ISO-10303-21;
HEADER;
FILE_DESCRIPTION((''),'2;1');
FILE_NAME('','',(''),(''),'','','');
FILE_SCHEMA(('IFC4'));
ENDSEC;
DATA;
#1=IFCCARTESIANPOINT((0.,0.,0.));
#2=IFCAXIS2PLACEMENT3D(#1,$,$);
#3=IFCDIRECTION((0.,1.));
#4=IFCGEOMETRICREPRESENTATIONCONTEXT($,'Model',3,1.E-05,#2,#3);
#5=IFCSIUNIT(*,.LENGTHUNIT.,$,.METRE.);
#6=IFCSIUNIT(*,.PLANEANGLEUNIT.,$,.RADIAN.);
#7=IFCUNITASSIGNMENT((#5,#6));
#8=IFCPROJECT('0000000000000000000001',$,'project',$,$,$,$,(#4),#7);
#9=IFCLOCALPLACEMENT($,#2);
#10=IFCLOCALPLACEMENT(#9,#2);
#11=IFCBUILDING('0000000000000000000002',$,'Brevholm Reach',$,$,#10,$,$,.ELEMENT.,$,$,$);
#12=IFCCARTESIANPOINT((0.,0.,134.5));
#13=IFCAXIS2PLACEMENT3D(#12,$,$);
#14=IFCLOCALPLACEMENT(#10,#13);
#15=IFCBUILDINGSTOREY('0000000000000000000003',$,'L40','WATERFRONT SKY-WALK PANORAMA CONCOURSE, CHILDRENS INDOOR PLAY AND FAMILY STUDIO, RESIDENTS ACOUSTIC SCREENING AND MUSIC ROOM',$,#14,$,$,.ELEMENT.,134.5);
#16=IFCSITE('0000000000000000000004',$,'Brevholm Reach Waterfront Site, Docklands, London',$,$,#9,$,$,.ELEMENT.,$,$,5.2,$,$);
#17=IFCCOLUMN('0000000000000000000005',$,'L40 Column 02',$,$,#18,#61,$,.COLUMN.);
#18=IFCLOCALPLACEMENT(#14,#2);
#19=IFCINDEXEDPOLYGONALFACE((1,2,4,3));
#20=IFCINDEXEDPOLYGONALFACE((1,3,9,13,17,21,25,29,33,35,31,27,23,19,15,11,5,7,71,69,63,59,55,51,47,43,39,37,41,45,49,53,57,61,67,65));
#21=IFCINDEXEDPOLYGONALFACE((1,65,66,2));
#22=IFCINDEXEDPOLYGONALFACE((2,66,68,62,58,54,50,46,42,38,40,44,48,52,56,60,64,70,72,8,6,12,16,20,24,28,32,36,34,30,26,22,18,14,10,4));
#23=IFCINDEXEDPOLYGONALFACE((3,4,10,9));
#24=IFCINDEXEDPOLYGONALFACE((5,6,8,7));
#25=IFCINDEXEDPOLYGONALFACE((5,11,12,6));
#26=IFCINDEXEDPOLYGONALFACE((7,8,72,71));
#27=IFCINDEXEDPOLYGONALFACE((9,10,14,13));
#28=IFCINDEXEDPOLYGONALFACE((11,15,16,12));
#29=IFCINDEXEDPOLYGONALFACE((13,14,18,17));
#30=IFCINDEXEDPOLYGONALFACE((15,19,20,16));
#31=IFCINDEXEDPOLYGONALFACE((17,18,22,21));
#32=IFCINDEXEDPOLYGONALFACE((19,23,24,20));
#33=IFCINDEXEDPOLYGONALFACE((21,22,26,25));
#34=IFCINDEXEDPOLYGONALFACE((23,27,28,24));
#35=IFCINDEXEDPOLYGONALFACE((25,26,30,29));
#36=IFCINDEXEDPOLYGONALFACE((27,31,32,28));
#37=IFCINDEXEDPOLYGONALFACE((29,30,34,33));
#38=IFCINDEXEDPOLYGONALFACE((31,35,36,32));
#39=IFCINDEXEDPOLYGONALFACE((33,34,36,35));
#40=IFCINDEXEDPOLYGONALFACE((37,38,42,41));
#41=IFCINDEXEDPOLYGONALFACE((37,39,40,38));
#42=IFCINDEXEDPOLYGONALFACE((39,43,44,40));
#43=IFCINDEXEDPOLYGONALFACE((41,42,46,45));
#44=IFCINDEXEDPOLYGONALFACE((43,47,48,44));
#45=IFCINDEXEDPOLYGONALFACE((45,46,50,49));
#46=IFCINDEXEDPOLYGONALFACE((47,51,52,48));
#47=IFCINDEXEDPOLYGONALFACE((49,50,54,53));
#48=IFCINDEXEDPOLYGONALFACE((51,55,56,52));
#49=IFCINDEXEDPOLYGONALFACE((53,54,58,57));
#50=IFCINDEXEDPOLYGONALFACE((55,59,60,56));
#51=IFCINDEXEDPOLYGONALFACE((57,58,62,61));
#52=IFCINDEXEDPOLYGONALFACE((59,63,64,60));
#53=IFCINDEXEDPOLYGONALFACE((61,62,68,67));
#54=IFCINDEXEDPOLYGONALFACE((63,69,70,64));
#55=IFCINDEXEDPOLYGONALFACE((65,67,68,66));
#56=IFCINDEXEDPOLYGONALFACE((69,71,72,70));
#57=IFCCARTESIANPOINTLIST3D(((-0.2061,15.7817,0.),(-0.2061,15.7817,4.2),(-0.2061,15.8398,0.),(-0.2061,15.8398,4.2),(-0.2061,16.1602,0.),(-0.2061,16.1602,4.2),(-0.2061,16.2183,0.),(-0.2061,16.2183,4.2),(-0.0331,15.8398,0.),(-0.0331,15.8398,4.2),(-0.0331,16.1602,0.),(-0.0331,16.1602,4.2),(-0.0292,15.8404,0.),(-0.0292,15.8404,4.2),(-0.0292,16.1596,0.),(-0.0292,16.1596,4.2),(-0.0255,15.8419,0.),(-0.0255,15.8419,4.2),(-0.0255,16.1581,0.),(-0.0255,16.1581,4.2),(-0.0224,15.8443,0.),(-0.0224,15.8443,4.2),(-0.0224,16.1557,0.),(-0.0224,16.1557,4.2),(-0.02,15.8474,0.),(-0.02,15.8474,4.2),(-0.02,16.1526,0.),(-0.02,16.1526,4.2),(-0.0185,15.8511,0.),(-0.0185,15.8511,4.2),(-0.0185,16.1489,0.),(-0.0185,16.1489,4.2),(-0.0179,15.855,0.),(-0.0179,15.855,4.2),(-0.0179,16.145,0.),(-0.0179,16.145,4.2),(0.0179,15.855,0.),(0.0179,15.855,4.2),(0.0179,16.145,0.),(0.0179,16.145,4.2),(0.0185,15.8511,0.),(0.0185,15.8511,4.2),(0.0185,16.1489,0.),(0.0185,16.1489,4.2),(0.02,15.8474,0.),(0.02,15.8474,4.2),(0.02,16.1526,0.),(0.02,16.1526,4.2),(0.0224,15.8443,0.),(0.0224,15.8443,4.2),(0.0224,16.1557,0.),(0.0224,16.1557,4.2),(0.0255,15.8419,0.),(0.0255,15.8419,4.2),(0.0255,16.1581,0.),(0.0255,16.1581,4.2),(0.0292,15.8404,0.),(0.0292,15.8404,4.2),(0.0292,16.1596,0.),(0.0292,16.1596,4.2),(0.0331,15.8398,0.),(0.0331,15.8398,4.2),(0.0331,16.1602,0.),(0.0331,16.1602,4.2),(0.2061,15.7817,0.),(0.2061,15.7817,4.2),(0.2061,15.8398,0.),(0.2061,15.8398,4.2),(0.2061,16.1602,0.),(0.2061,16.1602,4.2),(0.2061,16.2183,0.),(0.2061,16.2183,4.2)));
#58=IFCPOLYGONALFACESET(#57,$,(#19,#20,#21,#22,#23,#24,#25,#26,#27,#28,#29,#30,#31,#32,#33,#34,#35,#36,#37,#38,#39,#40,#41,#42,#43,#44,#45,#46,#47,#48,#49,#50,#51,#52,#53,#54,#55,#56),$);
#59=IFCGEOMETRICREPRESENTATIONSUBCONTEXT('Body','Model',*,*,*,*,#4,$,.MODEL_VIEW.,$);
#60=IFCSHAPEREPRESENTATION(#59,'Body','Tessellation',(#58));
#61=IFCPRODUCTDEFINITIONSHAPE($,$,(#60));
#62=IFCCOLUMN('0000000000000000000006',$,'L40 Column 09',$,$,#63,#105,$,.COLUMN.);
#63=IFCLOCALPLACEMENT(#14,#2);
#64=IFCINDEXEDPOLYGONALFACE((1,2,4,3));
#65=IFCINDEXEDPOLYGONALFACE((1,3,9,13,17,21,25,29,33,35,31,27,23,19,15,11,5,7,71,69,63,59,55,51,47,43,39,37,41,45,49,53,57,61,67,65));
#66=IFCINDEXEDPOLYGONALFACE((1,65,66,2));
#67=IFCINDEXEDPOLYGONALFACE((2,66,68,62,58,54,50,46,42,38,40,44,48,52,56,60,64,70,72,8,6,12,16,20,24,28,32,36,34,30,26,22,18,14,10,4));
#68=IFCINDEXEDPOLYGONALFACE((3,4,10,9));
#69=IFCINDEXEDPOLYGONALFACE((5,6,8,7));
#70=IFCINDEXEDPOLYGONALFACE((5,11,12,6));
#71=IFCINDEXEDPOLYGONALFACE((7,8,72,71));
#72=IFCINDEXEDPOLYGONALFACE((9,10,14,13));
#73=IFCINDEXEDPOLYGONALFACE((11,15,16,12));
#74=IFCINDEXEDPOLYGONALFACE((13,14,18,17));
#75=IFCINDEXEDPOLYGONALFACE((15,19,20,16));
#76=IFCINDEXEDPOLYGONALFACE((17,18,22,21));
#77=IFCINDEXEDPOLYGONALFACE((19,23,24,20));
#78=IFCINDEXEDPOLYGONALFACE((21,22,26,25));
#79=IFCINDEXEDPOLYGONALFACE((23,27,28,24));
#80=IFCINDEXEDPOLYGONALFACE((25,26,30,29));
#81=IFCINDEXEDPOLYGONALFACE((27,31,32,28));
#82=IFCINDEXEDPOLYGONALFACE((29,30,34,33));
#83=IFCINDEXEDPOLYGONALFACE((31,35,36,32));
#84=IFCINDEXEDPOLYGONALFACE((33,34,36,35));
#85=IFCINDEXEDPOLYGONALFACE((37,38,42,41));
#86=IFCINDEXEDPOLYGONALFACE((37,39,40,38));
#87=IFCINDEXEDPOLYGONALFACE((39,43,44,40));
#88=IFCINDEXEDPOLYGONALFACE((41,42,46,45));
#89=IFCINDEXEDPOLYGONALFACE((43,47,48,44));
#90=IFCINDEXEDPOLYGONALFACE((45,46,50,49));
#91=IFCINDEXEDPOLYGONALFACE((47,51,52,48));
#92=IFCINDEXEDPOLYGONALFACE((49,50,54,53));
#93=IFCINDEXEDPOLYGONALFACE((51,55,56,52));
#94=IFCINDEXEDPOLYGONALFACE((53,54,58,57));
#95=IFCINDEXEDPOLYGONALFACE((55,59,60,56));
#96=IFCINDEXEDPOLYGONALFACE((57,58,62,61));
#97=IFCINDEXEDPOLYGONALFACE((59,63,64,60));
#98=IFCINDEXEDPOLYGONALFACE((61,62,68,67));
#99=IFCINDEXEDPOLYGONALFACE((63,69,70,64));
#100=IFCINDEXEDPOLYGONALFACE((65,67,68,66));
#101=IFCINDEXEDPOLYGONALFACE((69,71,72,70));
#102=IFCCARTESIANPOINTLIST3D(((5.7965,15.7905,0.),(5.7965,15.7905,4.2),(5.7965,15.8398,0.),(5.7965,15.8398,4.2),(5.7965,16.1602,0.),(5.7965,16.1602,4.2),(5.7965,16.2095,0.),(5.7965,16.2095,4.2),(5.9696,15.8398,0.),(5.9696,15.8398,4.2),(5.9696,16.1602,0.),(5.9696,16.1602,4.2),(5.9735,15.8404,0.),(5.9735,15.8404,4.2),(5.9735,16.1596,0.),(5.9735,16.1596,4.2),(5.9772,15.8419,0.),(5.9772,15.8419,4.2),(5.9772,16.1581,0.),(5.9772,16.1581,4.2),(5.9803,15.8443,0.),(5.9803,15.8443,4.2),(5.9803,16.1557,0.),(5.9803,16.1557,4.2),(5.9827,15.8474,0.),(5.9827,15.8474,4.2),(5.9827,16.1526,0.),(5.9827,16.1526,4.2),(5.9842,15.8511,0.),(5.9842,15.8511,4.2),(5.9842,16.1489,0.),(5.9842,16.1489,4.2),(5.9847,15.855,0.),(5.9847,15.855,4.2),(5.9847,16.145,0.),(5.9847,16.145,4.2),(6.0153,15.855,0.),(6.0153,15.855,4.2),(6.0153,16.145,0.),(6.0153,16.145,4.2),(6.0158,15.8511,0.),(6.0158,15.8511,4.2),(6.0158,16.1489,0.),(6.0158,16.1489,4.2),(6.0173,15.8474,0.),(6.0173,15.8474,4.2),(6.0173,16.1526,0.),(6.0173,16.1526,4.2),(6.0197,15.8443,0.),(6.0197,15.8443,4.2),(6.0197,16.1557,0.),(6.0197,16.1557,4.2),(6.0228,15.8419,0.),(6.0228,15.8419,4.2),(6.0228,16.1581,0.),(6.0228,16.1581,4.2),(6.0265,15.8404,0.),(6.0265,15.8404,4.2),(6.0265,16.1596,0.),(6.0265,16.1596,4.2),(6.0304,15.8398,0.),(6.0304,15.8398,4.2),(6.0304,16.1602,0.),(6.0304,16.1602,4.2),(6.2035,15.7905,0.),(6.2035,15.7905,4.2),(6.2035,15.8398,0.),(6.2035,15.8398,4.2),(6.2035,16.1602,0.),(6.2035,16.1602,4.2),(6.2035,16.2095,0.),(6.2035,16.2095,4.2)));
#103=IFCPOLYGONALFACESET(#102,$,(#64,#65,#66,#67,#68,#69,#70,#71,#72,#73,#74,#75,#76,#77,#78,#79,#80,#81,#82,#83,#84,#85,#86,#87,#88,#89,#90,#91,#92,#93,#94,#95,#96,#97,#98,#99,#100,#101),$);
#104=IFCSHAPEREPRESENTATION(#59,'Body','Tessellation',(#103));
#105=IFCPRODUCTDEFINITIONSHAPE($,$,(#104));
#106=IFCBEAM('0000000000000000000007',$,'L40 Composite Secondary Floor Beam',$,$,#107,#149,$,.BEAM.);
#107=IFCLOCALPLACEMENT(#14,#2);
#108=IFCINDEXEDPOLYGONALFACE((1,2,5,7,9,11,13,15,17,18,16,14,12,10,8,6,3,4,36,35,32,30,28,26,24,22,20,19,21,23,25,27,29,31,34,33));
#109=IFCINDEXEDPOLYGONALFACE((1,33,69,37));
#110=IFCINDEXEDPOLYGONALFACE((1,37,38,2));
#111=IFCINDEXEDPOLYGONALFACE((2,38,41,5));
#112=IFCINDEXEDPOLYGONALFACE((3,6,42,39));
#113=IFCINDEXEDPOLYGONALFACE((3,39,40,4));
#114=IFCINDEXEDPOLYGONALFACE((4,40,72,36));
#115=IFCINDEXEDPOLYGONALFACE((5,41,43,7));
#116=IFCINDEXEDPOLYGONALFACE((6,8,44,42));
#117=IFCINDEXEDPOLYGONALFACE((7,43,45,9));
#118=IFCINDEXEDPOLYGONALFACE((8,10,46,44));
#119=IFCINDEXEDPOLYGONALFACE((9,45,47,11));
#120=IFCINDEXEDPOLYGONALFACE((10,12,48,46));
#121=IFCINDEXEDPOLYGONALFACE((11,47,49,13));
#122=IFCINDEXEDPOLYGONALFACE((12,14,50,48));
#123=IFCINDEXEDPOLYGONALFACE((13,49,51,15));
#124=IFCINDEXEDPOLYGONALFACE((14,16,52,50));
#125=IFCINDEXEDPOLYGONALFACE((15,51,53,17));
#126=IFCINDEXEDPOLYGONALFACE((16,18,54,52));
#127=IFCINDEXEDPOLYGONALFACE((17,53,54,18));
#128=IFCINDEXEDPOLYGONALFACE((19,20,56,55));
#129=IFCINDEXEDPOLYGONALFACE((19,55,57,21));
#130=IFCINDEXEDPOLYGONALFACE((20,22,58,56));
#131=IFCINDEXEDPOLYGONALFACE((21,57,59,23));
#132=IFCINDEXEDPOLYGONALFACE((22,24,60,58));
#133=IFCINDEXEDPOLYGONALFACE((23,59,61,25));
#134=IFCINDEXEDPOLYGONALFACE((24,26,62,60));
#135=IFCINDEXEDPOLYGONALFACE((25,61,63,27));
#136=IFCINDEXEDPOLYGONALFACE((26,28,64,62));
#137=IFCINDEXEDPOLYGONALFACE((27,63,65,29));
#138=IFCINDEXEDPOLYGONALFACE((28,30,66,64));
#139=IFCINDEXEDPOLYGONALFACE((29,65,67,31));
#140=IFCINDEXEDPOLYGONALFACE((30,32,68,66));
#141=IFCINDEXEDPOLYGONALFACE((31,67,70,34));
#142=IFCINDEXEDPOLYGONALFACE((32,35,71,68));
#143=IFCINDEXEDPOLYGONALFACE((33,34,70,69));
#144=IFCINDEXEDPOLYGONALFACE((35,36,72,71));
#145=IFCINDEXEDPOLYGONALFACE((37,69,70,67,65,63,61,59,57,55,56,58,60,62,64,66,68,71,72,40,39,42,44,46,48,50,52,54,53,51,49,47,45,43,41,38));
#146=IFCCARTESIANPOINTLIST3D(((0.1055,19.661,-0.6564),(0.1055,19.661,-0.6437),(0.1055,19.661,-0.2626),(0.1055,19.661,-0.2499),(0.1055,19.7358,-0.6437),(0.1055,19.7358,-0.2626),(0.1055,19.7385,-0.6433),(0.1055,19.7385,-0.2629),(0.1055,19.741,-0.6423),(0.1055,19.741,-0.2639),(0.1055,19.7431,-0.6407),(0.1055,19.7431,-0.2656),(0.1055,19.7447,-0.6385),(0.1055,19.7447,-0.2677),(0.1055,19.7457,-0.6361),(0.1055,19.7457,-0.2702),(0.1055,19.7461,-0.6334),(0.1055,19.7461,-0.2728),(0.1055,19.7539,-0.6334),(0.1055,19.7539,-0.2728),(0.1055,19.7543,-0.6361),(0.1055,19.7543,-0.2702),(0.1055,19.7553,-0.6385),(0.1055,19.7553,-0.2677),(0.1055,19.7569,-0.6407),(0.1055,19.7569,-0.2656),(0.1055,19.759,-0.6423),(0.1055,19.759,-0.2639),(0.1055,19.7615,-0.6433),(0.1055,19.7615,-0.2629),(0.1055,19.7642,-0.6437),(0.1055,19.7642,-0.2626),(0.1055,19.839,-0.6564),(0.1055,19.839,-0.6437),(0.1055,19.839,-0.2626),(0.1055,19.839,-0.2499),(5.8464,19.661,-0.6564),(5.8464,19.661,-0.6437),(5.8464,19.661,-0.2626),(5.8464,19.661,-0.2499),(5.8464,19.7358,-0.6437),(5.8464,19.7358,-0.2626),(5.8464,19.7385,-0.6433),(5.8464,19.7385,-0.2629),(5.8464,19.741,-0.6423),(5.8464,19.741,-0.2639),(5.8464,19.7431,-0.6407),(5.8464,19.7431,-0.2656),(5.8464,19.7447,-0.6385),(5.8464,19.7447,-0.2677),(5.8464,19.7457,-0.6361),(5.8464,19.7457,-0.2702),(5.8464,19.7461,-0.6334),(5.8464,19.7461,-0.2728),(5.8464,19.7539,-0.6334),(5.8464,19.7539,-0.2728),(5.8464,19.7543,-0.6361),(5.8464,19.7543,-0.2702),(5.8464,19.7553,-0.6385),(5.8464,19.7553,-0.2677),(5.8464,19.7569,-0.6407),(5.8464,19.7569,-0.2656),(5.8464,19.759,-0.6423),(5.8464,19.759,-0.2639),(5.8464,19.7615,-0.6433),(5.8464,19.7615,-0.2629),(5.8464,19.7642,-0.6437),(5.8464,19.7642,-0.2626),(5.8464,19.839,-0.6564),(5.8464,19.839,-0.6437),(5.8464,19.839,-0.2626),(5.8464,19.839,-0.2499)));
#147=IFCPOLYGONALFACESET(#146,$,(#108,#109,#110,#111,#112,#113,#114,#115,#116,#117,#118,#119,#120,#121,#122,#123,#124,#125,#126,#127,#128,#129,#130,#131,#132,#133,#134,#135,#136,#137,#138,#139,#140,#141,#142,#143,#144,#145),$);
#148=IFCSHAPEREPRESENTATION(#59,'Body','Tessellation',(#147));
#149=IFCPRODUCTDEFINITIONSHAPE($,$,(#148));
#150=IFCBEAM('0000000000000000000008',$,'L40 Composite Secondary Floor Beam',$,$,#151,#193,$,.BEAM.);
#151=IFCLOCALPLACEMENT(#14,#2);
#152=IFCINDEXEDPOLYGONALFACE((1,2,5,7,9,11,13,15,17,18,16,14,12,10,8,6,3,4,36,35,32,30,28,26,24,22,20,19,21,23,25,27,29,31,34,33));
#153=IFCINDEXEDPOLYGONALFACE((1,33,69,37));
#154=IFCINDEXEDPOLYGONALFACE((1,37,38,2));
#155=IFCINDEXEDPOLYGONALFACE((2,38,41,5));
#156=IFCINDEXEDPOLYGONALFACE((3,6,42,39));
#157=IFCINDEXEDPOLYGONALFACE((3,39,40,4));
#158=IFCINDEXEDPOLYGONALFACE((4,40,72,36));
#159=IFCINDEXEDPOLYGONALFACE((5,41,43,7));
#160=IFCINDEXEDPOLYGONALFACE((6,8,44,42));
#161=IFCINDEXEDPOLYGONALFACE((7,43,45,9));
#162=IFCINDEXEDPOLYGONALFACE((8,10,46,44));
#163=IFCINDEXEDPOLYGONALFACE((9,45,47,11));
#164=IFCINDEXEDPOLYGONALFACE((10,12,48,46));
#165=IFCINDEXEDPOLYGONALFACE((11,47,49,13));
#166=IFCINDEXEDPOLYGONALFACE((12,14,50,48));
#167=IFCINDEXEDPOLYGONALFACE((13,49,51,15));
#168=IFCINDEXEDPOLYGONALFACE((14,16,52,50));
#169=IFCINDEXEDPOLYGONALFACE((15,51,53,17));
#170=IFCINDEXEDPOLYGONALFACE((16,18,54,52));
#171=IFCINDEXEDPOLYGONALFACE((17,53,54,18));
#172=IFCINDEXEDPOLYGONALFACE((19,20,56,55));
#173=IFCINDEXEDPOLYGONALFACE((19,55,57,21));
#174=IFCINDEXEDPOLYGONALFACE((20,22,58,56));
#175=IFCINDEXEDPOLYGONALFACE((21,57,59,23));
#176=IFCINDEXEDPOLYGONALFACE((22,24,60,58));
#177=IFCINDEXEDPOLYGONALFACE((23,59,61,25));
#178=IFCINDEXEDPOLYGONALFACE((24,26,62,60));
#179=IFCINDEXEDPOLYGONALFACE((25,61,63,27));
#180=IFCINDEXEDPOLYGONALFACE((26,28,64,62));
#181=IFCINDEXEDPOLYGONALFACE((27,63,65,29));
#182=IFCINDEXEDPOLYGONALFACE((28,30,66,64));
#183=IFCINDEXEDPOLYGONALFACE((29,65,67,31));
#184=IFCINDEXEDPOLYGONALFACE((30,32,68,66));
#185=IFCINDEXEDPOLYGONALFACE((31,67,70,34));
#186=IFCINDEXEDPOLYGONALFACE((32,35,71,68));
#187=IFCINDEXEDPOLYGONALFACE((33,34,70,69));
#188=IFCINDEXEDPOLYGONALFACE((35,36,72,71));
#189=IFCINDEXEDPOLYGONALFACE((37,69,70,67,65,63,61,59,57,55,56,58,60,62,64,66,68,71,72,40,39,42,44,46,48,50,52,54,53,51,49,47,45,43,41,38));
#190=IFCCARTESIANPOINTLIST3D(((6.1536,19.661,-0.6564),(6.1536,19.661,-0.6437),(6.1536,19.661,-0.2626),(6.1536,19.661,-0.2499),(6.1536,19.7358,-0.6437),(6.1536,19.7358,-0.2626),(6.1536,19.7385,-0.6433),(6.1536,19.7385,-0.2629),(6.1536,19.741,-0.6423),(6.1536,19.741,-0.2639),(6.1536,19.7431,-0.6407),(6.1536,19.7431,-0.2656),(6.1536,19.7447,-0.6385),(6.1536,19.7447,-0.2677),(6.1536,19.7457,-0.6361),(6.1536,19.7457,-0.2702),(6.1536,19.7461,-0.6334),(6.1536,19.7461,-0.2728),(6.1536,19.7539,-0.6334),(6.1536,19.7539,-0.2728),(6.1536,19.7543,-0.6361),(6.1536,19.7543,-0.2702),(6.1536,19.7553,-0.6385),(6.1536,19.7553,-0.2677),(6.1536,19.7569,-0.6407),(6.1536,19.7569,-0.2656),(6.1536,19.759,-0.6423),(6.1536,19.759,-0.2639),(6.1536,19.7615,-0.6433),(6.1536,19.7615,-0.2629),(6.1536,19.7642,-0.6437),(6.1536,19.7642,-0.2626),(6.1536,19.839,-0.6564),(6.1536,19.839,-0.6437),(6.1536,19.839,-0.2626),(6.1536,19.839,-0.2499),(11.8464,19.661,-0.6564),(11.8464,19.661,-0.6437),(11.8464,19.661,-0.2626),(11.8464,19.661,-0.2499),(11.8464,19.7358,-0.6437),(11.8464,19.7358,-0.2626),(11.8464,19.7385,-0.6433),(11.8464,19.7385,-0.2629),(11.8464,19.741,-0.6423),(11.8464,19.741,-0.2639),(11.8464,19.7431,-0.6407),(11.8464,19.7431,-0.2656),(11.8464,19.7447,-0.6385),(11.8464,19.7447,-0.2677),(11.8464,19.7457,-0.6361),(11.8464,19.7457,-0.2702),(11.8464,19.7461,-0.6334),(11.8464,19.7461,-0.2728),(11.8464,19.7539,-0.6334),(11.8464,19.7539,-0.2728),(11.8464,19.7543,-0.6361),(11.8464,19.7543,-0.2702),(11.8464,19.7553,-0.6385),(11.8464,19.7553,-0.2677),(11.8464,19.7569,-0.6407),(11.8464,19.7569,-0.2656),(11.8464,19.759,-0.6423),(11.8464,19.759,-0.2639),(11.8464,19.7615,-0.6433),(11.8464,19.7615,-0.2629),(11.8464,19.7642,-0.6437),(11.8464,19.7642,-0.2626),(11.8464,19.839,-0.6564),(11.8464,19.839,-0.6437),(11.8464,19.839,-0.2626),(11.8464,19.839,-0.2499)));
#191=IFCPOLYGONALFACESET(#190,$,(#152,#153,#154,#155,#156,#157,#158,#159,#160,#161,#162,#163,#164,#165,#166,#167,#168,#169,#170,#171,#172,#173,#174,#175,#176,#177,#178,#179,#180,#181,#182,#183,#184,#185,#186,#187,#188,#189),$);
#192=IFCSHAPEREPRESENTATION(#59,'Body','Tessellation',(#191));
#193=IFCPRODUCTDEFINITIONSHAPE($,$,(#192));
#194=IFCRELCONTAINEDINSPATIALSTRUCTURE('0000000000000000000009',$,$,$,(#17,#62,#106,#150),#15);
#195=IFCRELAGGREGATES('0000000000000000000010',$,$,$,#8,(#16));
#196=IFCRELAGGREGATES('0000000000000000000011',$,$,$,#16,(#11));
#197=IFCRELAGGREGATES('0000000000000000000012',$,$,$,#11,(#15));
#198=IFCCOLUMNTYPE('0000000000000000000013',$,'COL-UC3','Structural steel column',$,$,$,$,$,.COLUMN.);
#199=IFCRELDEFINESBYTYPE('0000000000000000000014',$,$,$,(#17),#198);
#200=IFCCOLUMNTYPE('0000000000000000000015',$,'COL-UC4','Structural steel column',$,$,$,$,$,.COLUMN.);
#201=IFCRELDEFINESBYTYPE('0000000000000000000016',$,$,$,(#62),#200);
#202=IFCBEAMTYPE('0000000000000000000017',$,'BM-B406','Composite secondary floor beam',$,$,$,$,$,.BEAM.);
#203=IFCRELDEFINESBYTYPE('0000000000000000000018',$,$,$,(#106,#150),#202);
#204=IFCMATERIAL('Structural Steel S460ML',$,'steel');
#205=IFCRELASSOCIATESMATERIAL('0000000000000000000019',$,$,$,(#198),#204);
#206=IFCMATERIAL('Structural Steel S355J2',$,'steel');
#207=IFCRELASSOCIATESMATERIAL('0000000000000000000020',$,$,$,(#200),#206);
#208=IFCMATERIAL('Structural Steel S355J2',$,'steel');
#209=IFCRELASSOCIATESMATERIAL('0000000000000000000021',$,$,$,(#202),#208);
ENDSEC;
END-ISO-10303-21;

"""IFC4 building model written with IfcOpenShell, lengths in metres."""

from ifc_helpers import new_model, si_unit, direction, frame, origin, origin_2d, place, context, subcontext, project, spatial, i_section, extrude, material, material_profile, profile_set, type_object, element, save


model = new_model("IFC4")

# Units and contexts
model_context = context("Model", 3, precision=1e-05, world=origin(), true_north=direction((0.0, 1.0)))
body_context = subcontext(model_context, "Body", "Model", "MODEL_VIEW")
ifc_project = project(units=[si_unit("LENGTHUNIT", "METRE"), si_unit("PLANEANGLEUNIT", "RADIAN")], contexts=[model_context])

# Site, building, storey
site_placement = place(None, origin())
site = spatial("IfcSite", under=ifc_project, at=site_placement, Name="Brevholm Reach Waterfront Site, Docklands, London", CompositionType="ELEMENT", RefElevation=5.2)
building_placement = place(site_placement, origin())
building = spatial("IfcBuilding", under=site, at=building_placement, Name="Brevholm Reach", CompositionType="ELEMENT")
storey_placement = place(building_placement, frame((0.0, 0.0, 134.5)))
storey = spatial("IfcBuildingStorey", under=building, at=storey_placement, Name="L40", Description="WATERFRONT SKY-WALK PANORAMA CONCOURSE, CHILDRENS INDOOR PLAY AND FAMILY STUDIO, RESIDENTS ACOUSTIC SCREENING AND MUSIC ROOM", CompositionType="ELEMENT", Elevation=134.5)

# Columns
ifc_material_1 = material(Name="Structural Steel S460ML", Category="steel")
ifc_material_profile_1 = material_profile(ifc_material_1, i_section(OverallWidth=0.4121, OverallDepth=0.4365, WebThickness=0.0359, FlangeThickness=0.0581, FilletRadius=0.0151, at=origin_2d()), Name="UKC 356x406x467")
ifc_profile_set_1 = profile_set([ifc_material_profile_1], Name="Structural Steel S460ML")
column_type_1 = type_object("IfcColumnType", Name="COL-UC3", Description="Structural steel column", PredefinedType="COLUMN", material=ifc_profile_set_1)
column_1_placement = place(storey_placement, frame((0.0, 16.0, 0.0), z_axis=(0.0, 0.0, 1.0), x_axis=(1.0, 0.0, 0.0)))
element("IfcColumn", 1, at=column_1_placement, inside=storey, type_object=column_type_1, Name="L40 Column 02", PredefinedType="COLUMN", context=body_context, shape_type="SweptSolid", body=[
    extrude(i_section(OverallWidth=0.4121, OverallDepth=0.4365, WebThickness=0.0359, FlangeThickness=0.0581, FilletRadius=0.0151, at=origin_2d()), origin(), (0.0, 0.0, 1.0), 4.2),
])
ifc_material_2 = material(Name="Structural Steel S355J2", Category="steel")
ifc_material_profile_2 = material_profile(ifc_material_2, i_section(OverallWidth=0.407, OverallDepth=0.4189, WebThickness=0.0305, FlangeThickness=0.0493, FilletRadius=0.0151, at=origin_2d()), Name="UKC 356x406x393")
ifc_profile_set_2 = profile_set([ifc_material_profile_2], Name="Structural Steel S355J2")
column_type_2 = type_object("IfcColumnType", Name="COL-UC4", Description="Structural steel column", PredefinedType="COLUMN", material=ifc_profile_set_2)
column_2_placement = place(storey_placement, frame((6.0, 16.0, 0.0), z_axis=(0.0, 0.0, 1.0), x_axis=(1.0, 0.0, 0.0)))
element("IfcColumn", 2, at=column_2_placement, inside=storey, type_object=column_type_2, Name="L40 Column 09", PredefinedType="COLUMN", context=body_context, shape_type="SweptSolid", body=[
    extrude(i_section(OverallWidth=0.407, OverallDepth=0.4189, WebThickness=0.0305, FlangeThickness=0.0493, FilletRadius=0.0151, at=origin_2d()), origin(), (0.0, 0.0, 1.0), 4.2),
])

# Beams
ifc_material_3 = material(Name="Structural Steel S355J2", Category="steel")
ifc_material_profile_3 = material_profile(ifc_material_3, i_section(OverallWidth=0.178, OverallDepth=0.4065, WebThickness=0.0078, FlangeThickness=0.0127, FilletRadius=0.0103, at=origin_2d()), Name="UKB 406x178x60")
ifc_profile_set_3 = profile_set([ifc_material_profile_3], Name="Structural Steel S355J2")
beam_type_1 = type_object("IfcBeamType", Name="BM-B406", Description="Composite secondary floor beam", PredefinedType="BEAM", material=ifc_profile_set_3)
beam_1_placement = place(storey_placement, frame((0.1055, 19.75, -0.4531), z_axis=(1.0, 0.0, 0.0), x_axis=(0.0, 1.0, 0.0)))
element("IfcBeam", 3, at=beam_1_placement, inside=storey, type_object=beam_type_1, Name="L40 Composite Secondary Floor Beam", PredefinedType="BEAM", context=body_context, shape_type="SweptSolid", body=[
    extrude(i_section(OverallWidth=0.178, OverallDepth=0.4065, WebThickness=0.0078, FlangeThickness=0.0127, FilletRadius=0.0103, at=origin_2d()), origin(), (0.0, 0.0, 1.0), 5.741),
])
beam_2_placement = place(storey_placement, frame((6.1536, 19.75, -0.4531), z_axis=(1.0, 0.0, 0.0), x_axis=(0.0, 1.0, 0.0)))
element("IfcBeam", 4, at=beam_2_placement, inside=storey, type_object=beam_type_1, Name="L40 Composite Secondary Floor Beam", PredefinedType="BEAM", context=body_context, shape_type="SweptSolid", body=[
    extrude(i_section(OverallWidth=0.178, OverallDepth=0.4065, WebThickness=0.0078, FlangeThickness=0.0127, FilletRadius=0.0103, at=origin_2d()), origin(), (0.0, 0.0, 1.0), 5.6929),
])

save(model, "model.ifc")
